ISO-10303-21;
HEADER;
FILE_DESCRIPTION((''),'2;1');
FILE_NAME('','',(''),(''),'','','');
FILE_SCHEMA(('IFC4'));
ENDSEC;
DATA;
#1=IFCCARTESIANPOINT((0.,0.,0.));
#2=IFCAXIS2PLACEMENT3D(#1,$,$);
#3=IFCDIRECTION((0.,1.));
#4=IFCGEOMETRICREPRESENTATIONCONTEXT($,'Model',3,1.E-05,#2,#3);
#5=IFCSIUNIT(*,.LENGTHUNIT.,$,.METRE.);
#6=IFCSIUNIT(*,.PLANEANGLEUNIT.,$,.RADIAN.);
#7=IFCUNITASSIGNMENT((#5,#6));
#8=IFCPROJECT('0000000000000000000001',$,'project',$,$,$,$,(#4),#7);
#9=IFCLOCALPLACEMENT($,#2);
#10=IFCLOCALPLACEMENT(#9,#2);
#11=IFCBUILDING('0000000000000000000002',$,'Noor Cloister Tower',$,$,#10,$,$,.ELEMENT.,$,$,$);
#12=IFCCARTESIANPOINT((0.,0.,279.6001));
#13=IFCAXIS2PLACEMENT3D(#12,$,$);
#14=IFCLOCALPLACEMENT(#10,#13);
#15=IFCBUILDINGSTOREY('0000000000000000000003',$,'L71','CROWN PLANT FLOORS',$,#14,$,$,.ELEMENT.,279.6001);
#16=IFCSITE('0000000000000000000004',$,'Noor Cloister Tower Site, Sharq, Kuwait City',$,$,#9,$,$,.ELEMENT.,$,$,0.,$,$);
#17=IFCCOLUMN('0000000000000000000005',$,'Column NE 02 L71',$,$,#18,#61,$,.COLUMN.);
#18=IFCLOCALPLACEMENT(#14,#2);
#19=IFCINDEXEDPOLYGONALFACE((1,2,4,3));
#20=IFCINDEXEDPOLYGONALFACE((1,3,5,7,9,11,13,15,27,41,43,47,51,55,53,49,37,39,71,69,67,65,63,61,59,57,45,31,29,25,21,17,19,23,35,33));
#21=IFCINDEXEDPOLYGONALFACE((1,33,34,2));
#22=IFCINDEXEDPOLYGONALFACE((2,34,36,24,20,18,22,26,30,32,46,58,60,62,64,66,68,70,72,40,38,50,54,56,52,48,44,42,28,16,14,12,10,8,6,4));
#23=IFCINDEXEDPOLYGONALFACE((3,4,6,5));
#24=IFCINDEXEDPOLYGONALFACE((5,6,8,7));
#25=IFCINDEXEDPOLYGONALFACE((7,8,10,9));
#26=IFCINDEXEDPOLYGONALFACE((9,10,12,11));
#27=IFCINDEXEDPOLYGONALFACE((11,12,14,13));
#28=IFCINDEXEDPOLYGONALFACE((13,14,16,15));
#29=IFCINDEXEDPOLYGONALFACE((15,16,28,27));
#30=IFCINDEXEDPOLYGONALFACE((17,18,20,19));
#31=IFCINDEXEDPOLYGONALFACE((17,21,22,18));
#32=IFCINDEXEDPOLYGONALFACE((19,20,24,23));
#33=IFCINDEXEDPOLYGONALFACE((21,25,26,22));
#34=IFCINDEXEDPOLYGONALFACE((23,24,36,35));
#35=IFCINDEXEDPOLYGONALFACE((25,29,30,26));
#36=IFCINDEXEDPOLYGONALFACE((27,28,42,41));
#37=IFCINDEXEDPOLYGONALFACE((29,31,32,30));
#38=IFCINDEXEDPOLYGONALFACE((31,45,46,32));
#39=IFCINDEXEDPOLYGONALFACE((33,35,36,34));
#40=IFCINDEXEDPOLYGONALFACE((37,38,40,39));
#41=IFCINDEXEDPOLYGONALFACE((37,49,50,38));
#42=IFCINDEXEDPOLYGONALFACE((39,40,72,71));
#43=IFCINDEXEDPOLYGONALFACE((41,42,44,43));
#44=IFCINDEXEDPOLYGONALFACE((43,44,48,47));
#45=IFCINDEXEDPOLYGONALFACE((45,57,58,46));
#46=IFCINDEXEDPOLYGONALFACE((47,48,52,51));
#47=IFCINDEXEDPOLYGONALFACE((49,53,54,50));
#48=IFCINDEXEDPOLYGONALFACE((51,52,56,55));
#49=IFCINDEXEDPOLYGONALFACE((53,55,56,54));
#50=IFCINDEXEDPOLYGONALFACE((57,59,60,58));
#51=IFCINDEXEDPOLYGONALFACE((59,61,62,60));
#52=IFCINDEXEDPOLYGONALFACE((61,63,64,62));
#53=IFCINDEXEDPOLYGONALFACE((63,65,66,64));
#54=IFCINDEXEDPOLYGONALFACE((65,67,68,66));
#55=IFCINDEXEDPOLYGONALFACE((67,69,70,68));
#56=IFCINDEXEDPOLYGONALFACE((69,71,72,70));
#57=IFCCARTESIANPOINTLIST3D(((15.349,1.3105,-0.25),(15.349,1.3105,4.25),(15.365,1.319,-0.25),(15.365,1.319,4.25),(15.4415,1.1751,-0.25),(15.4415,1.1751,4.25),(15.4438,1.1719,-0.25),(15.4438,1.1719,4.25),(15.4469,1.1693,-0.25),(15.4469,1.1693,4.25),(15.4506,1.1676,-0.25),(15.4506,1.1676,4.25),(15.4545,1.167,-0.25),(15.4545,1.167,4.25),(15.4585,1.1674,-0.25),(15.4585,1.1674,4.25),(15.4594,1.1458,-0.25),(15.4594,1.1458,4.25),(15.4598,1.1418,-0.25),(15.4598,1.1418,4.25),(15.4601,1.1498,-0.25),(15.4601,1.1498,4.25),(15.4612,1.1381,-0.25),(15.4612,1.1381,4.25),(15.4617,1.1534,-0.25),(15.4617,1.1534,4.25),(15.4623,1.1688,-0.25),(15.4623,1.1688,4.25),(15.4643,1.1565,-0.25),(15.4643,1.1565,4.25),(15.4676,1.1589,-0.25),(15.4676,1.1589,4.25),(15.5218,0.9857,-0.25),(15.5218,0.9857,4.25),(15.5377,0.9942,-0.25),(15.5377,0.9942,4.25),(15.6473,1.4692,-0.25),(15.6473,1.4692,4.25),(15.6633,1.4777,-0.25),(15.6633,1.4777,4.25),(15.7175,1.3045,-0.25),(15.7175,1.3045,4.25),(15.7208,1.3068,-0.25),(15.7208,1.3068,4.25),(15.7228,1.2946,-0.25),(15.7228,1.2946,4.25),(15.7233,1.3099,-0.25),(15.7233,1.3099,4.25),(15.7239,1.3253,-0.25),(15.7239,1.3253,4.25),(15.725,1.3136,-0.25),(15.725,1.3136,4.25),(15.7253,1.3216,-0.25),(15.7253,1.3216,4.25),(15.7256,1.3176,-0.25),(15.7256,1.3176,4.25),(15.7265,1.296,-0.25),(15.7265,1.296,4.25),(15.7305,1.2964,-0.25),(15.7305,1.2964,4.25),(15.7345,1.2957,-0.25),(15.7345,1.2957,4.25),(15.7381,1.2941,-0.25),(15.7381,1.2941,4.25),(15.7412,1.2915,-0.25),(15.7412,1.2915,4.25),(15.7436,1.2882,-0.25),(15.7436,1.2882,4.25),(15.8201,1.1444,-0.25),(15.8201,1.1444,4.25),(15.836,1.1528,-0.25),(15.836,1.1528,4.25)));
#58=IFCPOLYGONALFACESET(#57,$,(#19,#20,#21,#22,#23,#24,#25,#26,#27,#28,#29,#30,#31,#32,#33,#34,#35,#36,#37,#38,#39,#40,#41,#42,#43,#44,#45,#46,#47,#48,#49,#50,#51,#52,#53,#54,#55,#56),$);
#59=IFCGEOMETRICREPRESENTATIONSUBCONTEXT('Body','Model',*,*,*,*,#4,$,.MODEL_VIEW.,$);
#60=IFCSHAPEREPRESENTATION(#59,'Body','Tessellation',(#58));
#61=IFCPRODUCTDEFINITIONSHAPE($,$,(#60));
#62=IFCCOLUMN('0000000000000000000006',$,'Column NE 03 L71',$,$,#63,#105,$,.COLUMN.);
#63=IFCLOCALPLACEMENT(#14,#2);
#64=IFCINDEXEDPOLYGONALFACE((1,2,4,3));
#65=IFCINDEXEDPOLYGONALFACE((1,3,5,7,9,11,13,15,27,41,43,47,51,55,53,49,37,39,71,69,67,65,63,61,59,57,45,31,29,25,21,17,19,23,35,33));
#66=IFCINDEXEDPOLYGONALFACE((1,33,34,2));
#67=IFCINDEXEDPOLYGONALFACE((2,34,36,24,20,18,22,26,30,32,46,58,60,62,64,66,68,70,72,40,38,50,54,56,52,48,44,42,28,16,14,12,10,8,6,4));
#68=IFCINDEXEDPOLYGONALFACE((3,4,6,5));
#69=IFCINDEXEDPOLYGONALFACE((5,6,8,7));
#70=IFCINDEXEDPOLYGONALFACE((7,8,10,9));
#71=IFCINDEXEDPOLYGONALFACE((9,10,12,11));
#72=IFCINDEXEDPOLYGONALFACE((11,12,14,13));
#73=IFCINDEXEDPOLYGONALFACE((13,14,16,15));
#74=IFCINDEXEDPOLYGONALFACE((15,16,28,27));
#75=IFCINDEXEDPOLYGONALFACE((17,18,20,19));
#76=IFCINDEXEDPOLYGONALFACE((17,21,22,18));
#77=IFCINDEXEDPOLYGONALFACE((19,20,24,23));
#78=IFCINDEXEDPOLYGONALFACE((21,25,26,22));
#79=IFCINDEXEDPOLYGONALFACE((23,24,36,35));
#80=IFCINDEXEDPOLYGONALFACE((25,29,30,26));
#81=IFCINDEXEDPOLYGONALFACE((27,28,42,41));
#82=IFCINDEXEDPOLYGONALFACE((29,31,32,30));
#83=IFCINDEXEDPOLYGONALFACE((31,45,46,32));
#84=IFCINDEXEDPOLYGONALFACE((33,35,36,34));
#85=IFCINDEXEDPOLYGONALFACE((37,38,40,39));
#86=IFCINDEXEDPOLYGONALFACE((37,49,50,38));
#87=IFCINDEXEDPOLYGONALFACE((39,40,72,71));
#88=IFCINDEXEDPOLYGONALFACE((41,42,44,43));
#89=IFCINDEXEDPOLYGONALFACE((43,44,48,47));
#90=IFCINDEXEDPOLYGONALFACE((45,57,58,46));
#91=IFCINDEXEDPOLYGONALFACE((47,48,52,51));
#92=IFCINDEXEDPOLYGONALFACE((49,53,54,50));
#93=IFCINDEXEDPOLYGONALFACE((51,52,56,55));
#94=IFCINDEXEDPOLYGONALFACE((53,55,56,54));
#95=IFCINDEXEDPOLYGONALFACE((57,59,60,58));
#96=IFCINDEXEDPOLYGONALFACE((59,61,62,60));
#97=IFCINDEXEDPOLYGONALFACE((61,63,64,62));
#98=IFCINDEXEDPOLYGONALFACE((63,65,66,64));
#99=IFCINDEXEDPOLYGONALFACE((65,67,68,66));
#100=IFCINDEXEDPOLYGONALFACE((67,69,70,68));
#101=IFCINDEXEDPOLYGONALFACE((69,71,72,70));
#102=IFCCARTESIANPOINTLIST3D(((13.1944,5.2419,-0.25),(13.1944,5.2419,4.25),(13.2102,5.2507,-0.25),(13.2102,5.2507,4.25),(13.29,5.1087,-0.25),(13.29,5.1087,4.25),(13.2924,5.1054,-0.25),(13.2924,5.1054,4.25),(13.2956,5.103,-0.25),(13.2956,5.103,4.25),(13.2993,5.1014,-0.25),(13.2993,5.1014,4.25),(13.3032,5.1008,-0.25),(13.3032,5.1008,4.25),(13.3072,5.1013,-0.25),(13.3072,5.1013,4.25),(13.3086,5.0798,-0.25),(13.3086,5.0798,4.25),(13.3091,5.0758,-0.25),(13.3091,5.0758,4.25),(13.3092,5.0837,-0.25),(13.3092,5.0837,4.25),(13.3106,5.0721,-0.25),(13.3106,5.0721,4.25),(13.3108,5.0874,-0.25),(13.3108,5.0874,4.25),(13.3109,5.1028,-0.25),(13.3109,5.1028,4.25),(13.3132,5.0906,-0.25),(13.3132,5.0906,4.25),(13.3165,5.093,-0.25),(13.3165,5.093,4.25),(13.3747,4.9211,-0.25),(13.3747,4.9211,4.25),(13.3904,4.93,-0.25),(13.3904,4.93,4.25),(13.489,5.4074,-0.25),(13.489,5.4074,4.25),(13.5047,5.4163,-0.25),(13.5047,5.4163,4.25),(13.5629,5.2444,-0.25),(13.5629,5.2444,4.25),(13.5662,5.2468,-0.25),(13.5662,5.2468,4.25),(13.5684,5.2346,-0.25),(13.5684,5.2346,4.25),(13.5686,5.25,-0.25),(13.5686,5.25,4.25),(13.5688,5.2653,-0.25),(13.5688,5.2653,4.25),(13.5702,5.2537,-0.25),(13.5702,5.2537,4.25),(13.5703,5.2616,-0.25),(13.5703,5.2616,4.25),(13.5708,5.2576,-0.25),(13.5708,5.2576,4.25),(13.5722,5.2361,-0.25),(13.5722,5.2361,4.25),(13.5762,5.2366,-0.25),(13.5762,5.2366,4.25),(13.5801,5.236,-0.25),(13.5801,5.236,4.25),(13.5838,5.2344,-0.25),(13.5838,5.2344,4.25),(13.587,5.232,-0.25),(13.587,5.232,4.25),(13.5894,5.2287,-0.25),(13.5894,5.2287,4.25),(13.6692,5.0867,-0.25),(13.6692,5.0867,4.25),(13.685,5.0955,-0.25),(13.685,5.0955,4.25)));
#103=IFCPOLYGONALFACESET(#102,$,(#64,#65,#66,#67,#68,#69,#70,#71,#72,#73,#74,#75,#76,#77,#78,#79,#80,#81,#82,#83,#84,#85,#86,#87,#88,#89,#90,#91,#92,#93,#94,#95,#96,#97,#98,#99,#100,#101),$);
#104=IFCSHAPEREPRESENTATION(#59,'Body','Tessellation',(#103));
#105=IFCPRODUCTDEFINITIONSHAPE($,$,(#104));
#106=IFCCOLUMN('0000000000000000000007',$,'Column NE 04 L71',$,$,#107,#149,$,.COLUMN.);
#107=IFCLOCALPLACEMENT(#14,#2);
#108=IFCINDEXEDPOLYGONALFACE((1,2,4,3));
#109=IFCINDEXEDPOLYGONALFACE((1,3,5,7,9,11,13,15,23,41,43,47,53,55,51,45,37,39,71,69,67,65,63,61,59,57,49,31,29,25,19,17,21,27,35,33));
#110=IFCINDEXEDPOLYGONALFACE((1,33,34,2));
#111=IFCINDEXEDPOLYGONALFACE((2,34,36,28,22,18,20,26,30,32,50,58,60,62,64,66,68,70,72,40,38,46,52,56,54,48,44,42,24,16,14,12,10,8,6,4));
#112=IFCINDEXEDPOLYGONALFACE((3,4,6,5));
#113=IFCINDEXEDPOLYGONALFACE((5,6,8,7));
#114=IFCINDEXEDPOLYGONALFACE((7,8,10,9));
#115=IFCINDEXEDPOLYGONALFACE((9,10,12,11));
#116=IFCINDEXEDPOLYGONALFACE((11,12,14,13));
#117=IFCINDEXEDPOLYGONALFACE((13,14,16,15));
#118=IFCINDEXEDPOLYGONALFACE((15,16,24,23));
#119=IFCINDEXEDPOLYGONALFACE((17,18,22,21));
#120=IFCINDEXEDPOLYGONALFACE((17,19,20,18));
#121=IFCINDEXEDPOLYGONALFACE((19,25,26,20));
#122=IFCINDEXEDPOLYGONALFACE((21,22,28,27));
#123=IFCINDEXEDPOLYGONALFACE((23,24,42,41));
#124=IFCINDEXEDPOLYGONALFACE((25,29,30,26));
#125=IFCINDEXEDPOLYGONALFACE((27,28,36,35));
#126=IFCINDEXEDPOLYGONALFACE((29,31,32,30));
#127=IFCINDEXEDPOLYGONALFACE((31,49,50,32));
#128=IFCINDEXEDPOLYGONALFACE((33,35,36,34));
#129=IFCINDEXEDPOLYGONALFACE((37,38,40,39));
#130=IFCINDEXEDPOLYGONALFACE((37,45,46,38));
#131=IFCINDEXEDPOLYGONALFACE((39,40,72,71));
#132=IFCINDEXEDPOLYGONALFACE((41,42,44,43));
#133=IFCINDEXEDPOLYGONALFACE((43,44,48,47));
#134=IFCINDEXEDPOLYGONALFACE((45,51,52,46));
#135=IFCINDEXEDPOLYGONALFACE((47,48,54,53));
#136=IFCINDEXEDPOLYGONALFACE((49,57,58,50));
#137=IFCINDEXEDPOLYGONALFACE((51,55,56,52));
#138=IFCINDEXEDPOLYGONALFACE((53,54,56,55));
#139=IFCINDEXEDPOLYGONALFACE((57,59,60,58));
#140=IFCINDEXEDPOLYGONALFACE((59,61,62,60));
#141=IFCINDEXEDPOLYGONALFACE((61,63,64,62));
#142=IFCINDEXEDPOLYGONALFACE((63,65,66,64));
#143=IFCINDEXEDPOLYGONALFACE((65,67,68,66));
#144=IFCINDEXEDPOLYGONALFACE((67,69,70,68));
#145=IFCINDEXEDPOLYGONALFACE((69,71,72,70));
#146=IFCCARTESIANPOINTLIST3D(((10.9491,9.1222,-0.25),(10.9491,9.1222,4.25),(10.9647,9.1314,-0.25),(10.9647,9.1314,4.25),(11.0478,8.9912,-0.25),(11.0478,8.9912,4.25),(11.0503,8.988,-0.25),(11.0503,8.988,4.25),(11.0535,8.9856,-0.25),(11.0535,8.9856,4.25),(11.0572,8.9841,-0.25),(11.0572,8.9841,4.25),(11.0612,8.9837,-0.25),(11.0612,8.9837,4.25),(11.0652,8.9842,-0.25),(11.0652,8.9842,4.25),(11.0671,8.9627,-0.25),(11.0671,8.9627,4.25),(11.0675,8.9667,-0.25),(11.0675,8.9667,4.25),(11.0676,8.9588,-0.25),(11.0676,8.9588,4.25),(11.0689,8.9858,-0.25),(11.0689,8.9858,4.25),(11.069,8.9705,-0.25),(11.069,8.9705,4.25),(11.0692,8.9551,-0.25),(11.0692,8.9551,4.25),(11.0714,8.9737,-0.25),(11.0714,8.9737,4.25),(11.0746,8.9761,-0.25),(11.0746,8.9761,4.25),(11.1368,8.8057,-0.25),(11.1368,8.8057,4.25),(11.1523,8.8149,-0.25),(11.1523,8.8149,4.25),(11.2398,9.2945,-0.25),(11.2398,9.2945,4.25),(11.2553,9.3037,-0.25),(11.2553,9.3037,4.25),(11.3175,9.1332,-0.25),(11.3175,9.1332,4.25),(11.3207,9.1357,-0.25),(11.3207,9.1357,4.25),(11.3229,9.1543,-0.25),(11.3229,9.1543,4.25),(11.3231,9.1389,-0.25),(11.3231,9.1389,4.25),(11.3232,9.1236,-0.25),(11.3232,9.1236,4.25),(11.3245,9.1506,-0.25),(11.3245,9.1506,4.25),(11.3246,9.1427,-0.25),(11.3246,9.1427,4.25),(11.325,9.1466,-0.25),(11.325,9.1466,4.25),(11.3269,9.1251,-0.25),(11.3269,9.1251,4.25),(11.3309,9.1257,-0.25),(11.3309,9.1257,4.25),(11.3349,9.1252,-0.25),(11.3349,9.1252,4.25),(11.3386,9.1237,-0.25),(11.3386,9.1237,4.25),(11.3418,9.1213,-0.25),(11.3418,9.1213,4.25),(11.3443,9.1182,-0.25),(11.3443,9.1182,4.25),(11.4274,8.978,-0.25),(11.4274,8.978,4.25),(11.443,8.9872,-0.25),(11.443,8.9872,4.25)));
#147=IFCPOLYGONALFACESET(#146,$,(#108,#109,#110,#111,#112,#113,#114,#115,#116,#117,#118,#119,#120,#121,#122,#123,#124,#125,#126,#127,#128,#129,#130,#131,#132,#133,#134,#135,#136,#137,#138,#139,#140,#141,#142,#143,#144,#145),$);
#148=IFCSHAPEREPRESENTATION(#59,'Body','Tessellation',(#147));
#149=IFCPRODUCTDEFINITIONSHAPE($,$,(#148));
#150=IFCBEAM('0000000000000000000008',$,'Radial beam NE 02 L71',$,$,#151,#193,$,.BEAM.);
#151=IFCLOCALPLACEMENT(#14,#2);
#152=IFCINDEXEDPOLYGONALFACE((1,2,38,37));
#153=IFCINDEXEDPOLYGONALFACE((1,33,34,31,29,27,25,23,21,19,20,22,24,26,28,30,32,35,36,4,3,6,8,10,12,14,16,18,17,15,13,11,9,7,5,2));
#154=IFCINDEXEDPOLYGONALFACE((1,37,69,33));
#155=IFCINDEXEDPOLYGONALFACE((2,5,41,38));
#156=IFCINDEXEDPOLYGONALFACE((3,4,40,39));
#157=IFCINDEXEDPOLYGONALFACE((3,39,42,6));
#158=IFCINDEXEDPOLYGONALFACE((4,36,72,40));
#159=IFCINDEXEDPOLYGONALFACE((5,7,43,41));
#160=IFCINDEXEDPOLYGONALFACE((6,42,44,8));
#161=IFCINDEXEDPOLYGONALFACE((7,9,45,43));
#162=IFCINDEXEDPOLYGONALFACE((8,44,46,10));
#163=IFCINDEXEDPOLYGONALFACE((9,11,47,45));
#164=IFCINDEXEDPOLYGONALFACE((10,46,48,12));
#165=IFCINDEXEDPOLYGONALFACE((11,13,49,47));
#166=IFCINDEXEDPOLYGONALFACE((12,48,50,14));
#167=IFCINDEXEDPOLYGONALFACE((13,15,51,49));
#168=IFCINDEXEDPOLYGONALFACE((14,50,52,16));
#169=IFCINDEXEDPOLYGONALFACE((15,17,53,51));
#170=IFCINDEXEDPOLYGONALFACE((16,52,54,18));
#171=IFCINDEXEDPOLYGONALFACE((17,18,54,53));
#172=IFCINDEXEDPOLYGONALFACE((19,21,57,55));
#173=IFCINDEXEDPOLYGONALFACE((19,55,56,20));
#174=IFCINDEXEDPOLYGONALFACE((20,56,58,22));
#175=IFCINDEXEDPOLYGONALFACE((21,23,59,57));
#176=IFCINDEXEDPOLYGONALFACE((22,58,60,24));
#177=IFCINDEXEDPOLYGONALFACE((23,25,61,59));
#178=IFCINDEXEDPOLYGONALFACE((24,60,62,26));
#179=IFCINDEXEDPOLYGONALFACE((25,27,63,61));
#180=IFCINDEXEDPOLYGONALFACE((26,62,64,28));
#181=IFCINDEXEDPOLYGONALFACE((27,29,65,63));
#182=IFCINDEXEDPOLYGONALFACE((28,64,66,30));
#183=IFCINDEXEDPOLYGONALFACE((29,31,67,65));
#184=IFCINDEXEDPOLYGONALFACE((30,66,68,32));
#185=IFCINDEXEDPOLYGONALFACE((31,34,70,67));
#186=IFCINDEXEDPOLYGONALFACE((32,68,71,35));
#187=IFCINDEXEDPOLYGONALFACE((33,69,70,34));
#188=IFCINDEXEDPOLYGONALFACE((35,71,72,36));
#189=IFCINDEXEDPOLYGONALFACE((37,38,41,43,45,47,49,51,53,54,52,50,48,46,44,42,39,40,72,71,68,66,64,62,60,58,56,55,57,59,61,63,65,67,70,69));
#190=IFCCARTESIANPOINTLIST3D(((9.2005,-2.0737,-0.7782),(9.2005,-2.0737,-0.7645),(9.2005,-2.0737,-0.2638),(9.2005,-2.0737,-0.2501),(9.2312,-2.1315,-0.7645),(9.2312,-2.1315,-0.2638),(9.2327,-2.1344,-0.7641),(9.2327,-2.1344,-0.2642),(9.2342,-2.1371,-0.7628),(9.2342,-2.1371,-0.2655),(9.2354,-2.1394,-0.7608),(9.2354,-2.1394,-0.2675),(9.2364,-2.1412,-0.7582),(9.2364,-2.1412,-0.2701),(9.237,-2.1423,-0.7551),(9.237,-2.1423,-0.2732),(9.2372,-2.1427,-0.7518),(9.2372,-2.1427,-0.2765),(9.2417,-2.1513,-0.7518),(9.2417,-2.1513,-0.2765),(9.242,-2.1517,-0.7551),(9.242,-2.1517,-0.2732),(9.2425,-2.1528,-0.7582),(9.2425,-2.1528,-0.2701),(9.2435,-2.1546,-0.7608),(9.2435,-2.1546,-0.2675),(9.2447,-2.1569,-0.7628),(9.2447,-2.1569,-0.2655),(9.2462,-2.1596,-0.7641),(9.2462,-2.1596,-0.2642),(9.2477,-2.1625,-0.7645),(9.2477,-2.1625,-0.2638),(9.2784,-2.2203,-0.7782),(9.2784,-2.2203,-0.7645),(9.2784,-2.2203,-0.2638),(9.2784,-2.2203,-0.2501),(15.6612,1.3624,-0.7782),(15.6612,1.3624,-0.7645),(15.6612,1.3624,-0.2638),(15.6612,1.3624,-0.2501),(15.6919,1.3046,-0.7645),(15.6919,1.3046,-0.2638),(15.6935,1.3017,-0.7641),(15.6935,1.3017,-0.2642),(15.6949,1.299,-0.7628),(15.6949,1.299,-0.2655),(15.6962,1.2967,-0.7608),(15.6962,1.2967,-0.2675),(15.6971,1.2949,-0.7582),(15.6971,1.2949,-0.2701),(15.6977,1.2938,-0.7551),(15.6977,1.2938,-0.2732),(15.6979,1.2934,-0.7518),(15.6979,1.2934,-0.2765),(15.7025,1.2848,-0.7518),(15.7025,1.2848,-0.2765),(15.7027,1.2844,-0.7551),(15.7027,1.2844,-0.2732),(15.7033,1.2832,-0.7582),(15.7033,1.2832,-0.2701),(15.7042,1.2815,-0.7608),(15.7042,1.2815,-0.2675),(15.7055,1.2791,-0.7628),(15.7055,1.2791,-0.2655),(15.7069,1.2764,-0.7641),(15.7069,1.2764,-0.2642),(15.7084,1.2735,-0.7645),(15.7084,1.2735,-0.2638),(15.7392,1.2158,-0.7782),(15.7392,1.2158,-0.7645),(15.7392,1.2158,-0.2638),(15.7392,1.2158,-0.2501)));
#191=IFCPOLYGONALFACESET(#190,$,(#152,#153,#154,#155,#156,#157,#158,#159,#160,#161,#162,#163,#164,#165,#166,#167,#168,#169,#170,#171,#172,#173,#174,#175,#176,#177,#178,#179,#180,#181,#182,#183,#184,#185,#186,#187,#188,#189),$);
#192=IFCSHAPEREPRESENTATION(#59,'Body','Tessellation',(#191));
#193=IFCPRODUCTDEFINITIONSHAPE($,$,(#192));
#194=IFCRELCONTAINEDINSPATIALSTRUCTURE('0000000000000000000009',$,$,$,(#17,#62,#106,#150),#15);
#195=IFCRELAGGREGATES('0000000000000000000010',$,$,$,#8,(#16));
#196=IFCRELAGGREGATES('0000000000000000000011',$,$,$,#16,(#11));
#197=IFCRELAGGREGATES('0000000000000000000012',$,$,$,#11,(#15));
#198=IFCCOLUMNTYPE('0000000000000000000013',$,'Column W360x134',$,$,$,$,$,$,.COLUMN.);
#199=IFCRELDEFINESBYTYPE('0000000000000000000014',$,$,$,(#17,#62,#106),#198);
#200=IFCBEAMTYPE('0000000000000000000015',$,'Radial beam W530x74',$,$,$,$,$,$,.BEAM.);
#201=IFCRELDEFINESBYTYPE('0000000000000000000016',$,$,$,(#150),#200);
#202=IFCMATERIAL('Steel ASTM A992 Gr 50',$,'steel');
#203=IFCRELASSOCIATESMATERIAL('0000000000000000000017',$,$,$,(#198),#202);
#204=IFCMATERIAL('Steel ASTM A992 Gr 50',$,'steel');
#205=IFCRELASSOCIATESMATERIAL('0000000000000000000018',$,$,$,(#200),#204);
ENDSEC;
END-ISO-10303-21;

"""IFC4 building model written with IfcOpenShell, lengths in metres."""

from ifc_helpers import new_model, si_unit, direction, frame, origin, origin_2d, place, context, subcontext, project, spatial, i_section, extrude, material, material_profile, profile_set, type_object, element, save


model = new_model("IFC4")

# Units and contexts
model_context = context("Model", 3, precision=1e-05, world=origin(), true_north=direction((0.0, 1.0)))
body_context = subcontext(model_context, "Body", "Model", "MODEL_VIEW")
ifc_project = project(units=[si_unit("LENGTHUNIT", "METRE"), si_unit("PLANEANGLEUNIT", "RADIAN")], contexts=[model_context])

# Site, building, storey
site_placement = place(None, origin())
site = spatial("IfcSite", under=ifc_project, at=site_placement, Name="Noor Cloister Tower Site, Sharq, Kuwait City", CompositionType="ELEMENT", RefElevation=0.0)
building_placement = place(site_placement, origin())
building = spatial("IfcBuilding", under=site, at=building_placement, Name="Noor Cloister Tower", CompositionType="ELEMENT")
storey_placement = place(building_placement, frame((0.0, 0.0, 279.6001)))
storey = spatial("IfcBuildingStorey", under=building, at=storey_placement, Name="L71", Description="CROWN PLANT FLOORS", CompositionType="ELEMENT", Elevation=279.6001)

# Columns
ifc_material_1 = material(Name="Steel ASTM A992 Gr 50", Category="steel")
ifc_material_profile_1 = material_profile(ifc_material_1, i_section(OverallWidth=0.3679, OverallDepth=0.356, WebThickness=0.0112, FlangeThickness=0.0181, FilletRadius=0.0154, at=origin_2d()), Name="W360x134")
ifc_profile_set_1 = profile_set([ifc_material_profile_1], Name="Steel ASTM A992 Gr 50")
column_type = type_object("IfcColumnType", Name="Column W360x134", PredefinedType="COLUMN", material=ifc_profile_set_1)
for number, where, z_axis, x_axis, name in (
    (1, (15.5925, 1.2317, -0.25), (0.0, 0.0, 1.0), (-0.469576, 0.882892, 0.0), "Column NE 02 L71"),
    (2, (13.4397, 5.1687, -0.25), (0.0, 0.0, 1.0), (-0.489924, 0.871765, 0.0), "Column NE 03 L71"),
    (3, (11.196, 9.0547, -0.25), (0.0, 0.0, 1.0), (-0.510009, 0.860169, 0.0), "Column NE 04 L71"),
):
    element("IfcColumn", number, at=place(storey_placement, frame(where, z_axis=z_axis, x_axis=x_axis)), inside=storey, type_object=column_type, Name=name, PredefinedType="COLUMN", context=body_context, shape_type="SweptSolid", body=[
        extrude(i_section(OverallWidth=0.3679, OverallDepth=0.356, WebThickness=0.0112, FlangeThickness=0.0181, FilletRadius=0.0154, at=origin_2d()), origin(), (0.0, 0.0, 1.0), 4.5),
    ])

# Beam
ifc_material_2 = material(Name="Steel ASTM A992 Gr 50", Category="steel")
ifc_material_profile_2 = material_profile(ifc_material_2, i_section(OverallWidth=0.166, OverallDepth=0.5281, WebThickness=0.0098, FlangeThickness=0.0137, FilletRadius=0.0127, at=origin_2d()), Name="W530x74")
ifc_profile_set_2 = profile_set([ifc_material_profile_2], Name="Steel ASTM A992 Gr 50")
beam_type_1 = type_object("IfcBeamType", Name="Radial beam W530x74", PredefinedType="BEAM", material=ifc_profile_set_2)
beam_1_placement = place(storey_placement, frame((15.7002, 1.2891, -0.5142), z_axis=(-0.882901, -0.469559, 0.0), x_axis=(0.469559, -0.882901, 0.0)))
element("IfcBeam", 4, at=beam_1_placement, inside=storey, type_object=beam_type_1, Name="Radial beam NE 02 L71", PredefinedType="BEAM", context=body_context, shape_type="SweptSolid", body=[
    extrude(i_section(OverallWidth=0.166, OverallDepth=0.5281, WebThickness=0.0098, FlangeThickness=0.0137, FilletRadius=0.0127, at=origin_2d()), origin(), (0.0, 0.0, 1.0), 7.3176),
])

save(model, "model.ifc")
